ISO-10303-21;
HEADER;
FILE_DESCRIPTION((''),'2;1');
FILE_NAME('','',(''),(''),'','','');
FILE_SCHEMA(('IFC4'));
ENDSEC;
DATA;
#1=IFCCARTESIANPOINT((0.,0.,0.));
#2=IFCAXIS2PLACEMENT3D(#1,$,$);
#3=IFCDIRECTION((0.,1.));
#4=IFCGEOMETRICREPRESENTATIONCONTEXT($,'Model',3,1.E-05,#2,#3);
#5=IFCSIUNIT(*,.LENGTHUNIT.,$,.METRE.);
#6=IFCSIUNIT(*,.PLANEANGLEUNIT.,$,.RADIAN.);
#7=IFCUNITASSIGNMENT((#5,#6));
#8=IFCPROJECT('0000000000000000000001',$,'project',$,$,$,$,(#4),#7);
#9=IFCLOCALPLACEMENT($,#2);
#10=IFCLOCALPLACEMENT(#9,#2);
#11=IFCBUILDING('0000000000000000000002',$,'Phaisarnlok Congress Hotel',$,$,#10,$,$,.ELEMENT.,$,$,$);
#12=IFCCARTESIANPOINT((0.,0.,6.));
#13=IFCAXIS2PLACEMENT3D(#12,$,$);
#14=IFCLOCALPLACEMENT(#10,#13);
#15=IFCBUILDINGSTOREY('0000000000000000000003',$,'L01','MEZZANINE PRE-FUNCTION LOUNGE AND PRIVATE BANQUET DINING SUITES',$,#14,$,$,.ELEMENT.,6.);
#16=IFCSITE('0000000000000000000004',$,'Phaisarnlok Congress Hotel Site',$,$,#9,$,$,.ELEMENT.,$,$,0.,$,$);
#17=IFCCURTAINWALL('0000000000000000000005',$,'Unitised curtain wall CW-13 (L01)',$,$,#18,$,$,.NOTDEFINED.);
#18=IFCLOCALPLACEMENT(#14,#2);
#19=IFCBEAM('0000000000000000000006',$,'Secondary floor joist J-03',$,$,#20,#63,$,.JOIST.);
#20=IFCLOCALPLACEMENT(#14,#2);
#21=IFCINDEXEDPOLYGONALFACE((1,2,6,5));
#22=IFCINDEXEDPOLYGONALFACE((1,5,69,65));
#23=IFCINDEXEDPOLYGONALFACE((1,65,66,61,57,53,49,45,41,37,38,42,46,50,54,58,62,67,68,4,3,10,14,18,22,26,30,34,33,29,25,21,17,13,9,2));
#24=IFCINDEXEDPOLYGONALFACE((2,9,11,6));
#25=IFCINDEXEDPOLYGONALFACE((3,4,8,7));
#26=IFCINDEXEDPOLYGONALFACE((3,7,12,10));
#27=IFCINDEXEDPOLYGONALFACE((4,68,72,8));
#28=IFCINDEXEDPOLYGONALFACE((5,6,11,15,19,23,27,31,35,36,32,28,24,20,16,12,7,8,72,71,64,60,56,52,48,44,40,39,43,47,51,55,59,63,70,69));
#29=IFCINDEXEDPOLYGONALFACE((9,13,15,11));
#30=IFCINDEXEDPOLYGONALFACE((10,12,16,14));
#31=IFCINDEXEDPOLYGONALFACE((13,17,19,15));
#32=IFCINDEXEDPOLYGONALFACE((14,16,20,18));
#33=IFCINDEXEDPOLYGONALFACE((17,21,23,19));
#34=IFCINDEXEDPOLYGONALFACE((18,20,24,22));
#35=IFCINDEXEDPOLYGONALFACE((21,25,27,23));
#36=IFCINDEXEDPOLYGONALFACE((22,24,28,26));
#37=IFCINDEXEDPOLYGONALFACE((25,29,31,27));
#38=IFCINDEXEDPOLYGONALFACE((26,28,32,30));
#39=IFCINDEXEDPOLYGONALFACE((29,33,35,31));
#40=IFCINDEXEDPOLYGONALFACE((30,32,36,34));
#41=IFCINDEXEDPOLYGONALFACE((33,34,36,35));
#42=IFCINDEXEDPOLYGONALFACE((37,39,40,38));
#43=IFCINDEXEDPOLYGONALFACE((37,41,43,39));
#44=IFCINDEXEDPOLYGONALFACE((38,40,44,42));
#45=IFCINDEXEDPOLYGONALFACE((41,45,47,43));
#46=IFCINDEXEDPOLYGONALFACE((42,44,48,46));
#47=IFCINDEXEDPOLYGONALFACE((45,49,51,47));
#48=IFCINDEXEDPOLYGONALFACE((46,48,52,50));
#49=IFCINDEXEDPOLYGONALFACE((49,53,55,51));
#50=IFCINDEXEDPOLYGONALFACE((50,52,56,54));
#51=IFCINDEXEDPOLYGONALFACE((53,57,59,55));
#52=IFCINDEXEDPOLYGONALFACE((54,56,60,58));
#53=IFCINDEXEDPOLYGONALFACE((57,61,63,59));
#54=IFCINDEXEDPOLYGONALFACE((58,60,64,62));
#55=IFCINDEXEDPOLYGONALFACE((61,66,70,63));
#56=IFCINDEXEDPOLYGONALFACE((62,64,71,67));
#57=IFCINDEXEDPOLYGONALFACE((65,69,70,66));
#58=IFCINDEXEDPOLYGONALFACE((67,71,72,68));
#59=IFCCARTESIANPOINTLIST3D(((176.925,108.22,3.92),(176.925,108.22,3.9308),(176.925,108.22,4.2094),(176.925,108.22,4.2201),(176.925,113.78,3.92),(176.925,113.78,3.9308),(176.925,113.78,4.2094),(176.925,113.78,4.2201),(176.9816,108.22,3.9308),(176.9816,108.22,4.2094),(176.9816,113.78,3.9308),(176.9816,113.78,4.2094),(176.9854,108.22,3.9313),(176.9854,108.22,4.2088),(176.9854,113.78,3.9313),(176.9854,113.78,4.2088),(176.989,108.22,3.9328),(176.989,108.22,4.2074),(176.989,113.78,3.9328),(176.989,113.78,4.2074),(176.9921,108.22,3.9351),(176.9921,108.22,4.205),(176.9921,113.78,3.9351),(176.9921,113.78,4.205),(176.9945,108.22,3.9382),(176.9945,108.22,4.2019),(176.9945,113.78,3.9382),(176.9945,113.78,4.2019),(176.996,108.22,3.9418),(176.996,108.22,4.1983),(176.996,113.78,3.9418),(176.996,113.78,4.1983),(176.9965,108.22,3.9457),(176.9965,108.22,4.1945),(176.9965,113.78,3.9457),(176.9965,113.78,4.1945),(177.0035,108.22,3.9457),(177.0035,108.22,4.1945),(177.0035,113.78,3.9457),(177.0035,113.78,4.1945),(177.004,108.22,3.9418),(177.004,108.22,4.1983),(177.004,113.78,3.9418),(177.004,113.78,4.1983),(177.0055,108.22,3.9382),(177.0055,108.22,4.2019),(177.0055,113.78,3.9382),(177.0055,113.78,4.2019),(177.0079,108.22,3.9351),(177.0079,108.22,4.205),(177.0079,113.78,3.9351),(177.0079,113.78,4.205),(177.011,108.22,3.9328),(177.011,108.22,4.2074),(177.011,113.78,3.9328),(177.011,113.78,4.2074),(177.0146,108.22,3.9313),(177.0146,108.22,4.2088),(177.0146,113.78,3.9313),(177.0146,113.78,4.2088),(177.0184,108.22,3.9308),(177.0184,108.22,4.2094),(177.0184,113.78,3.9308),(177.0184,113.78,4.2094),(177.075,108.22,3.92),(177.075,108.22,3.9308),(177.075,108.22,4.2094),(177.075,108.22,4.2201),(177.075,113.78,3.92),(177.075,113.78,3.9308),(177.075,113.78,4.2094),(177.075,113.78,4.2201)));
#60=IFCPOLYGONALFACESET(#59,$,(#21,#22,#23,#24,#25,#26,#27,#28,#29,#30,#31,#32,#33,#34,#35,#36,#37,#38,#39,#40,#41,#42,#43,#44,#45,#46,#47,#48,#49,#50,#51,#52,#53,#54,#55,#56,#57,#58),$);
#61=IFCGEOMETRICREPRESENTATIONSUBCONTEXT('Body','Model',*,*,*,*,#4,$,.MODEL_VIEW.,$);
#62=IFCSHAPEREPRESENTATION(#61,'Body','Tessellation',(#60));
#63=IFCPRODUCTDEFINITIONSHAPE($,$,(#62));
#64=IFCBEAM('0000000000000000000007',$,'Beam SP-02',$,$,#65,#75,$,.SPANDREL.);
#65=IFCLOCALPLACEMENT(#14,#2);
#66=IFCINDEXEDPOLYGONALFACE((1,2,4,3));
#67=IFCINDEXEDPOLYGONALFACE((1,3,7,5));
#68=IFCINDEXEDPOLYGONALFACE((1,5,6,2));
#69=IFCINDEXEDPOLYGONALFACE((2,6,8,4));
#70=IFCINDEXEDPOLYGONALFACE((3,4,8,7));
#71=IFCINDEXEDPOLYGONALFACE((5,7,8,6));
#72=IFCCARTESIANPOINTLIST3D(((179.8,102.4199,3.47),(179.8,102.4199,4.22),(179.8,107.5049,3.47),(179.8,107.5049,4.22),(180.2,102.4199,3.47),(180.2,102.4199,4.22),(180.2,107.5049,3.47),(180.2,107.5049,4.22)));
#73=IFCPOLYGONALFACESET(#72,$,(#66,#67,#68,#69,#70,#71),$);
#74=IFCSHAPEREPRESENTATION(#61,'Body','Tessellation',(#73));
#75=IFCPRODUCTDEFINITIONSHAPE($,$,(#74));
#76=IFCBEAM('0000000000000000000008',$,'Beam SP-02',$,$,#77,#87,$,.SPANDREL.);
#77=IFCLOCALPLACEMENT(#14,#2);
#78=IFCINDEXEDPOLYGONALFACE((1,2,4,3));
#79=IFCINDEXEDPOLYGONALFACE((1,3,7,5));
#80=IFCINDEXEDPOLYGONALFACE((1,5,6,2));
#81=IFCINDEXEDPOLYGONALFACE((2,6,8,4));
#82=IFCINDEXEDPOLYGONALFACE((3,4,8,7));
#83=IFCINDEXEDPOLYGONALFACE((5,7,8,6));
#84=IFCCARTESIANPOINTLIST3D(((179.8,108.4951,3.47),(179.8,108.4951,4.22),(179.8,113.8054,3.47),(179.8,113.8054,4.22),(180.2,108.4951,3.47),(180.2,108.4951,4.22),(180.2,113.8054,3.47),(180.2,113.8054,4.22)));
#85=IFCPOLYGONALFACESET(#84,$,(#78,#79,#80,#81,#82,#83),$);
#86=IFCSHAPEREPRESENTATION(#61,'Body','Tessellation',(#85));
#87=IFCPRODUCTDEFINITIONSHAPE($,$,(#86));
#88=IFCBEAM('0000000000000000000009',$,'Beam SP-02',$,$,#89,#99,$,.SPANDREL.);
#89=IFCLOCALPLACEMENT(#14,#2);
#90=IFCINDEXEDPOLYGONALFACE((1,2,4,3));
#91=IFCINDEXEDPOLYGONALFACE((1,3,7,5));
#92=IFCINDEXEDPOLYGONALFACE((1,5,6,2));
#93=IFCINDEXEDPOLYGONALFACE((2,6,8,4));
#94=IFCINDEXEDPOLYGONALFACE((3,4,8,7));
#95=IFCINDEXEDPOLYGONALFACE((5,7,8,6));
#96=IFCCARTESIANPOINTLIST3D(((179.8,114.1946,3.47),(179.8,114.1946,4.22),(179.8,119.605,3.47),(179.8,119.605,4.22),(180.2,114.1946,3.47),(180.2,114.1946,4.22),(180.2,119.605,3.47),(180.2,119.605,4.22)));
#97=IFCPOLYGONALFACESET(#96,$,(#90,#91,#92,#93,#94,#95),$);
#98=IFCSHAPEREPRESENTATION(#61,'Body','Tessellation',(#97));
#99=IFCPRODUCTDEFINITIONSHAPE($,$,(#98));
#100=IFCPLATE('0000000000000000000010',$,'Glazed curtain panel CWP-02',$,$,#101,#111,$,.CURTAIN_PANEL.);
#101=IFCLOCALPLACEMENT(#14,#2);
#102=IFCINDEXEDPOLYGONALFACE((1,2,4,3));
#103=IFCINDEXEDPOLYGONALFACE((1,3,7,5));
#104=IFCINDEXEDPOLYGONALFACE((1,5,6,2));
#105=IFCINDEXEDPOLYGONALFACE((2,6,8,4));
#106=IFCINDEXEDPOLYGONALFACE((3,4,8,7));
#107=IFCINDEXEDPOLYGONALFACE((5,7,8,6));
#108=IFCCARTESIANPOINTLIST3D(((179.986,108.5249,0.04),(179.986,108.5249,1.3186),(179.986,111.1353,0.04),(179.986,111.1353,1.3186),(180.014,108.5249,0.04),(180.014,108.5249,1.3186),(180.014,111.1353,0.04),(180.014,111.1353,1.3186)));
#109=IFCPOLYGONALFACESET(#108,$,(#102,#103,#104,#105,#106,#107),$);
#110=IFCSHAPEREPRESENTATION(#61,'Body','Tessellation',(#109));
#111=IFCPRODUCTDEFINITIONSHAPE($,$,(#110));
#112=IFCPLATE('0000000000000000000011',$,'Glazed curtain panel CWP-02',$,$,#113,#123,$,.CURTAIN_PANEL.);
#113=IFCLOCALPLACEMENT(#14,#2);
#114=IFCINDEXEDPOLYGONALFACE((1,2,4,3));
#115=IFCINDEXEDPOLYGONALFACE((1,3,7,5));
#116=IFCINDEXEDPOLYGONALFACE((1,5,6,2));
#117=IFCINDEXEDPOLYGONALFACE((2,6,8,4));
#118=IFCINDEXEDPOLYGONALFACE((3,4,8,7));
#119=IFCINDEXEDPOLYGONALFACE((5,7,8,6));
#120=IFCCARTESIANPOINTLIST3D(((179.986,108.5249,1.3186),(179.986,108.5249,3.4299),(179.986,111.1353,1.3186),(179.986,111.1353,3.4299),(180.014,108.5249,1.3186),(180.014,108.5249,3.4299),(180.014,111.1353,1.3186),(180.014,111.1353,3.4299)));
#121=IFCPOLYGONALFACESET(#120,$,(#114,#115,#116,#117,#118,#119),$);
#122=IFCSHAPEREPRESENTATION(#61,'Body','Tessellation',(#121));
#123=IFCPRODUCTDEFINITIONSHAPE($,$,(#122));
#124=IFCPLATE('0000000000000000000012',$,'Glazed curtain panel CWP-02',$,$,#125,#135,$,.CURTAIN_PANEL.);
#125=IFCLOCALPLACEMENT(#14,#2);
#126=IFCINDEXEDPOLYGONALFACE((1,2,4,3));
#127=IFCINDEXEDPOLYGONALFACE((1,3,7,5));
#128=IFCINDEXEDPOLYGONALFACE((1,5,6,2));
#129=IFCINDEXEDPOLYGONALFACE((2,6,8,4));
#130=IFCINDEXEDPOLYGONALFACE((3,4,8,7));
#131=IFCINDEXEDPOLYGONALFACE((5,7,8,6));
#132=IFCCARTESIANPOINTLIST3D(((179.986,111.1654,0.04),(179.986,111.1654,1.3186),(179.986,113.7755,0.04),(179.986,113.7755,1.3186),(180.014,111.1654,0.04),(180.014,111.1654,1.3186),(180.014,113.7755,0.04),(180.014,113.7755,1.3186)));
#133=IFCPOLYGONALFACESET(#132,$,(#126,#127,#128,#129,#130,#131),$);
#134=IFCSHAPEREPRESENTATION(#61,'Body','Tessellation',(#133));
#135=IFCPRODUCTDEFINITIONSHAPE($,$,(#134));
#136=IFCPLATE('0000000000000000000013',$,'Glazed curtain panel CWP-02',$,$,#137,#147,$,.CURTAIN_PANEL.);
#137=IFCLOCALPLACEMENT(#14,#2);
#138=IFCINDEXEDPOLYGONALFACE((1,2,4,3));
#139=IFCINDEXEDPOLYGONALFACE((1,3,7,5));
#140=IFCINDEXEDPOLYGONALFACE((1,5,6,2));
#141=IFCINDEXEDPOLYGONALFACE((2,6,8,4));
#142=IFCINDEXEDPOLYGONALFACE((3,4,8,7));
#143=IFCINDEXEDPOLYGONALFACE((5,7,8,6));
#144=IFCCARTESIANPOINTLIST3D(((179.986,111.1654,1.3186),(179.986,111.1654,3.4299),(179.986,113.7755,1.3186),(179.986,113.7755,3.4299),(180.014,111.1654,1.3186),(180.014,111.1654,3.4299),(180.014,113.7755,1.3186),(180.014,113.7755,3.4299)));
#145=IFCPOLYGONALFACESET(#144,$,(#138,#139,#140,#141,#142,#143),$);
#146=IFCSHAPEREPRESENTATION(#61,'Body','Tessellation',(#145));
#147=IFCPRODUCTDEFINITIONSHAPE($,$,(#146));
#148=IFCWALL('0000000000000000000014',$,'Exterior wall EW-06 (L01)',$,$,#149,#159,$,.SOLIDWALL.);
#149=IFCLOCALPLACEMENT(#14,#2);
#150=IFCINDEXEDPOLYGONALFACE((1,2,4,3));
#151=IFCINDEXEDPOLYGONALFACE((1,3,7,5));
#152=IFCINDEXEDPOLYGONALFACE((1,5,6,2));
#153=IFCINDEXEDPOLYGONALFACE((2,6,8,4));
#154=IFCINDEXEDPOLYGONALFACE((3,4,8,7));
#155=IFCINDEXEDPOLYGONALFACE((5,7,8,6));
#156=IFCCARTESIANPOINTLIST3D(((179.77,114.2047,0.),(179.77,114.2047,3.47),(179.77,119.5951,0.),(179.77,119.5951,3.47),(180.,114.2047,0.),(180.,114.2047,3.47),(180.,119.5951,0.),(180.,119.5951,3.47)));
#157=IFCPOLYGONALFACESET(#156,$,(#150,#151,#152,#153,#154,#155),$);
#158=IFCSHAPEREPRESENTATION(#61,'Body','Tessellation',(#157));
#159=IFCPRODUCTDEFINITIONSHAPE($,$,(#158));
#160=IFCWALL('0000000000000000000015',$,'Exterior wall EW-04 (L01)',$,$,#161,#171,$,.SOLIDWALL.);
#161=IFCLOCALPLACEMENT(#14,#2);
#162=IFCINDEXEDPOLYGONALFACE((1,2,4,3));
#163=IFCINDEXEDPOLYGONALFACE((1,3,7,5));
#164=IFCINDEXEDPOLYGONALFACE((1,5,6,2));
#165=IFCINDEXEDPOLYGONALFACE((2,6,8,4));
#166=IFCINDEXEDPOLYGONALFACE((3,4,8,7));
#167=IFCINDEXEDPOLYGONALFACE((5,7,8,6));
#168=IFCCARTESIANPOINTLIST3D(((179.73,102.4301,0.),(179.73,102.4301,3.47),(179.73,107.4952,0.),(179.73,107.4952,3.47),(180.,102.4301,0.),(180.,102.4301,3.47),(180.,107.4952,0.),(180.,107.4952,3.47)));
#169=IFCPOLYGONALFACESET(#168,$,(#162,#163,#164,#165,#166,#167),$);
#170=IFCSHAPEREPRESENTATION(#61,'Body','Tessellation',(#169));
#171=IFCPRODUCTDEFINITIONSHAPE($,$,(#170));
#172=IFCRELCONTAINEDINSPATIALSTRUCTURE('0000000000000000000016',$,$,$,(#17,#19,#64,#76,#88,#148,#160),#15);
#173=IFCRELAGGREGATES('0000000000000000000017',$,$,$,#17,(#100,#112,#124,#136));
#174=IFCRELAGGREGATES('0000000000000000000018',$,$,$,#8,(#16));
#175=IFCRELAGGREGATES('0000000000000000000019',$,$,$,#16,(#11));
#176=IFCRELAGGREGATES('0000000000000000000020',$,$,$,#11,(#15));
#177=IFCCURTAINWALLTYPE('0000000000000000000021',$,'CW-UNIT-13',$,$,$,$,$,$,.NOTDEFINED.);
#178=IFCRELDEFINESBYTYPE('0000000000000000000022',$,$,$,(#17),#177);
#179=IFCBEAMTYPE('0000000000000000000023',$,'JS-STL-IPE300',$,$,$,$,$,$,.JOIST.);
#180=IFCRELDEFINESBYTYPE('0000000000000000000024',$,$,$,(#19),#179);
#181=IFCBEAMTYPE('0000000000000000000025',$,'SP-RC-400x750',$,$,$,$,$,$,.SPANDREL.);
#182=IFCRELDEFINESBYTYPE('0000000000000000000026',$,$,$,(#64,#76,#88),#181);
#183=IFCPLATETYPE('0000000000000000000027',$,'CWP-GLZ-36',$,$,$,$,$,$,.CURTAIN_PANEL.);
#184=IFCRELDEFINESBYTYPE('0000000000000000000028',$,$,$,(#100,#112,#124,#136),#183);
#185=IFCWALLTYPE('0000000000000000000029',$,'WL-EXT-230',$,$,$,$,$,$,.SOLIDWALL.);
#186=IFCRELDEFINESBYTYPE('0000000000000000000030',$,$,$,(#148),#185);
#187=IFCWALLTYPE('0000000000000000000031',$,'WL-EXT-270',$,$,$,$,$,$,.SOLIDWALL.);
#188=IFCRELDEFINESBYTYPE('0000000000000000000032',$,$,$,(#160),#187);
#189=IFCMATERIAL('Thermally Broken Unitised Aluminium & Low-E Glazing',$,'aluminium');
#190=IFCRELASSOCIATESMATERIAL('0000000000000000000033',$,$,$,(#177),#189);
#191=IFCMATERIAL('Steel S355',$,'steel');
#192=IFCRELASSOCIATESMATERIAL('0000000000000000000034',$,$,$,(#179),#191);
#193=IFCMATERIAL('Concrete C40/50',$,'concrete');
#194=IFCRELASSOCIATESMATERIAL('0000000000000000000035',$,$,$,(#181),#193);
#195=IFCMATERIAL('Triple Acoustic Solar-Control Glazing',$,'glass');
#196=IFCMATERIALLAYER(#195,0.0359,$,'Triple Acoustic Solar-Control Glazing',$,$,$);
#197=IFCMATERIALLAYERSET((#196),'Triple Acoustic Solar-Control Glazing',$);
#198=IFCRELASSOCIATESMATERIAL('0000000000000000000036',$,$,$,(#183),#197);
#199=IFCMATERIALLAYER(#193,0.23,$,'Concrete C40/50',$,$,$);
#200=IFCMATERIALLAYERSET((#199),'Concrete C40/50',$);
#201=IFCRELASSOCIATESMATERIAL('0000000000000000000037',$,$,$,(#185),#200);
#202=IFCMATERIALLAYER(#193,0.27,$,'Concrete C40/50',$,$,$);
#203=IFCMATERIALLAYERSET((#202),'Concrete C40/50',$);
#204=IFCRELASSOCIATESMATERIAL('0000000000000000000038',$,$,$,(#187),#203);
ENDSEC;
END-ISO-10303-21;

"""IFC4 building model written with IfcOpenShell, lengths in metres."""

from ifc_helpers import new_model, si_unit, direction, frame, frame_2d, origin, origin_2d, place, context, subcontext, project, spatial, rectangle, i_section, extrude, material, layer, layer_set, material_profile, profile_set, type_object, element, aggregate, save


model = new_model("IFC4")

# Units and contexts
model_context = context("Model", 3, precision=1e-05, world=origin(), true_north=direction((0.0, 1.0)))
body_context = subcontext(model_context, "Body", "Model", "MODEL_VIEW")
ifc_project = project(units=[si_unit("LENGTHUNIT", "METRE"), si_unit("PLANEANGLEUNIT", "RADIAN")], contexts=[model_context])

# Site, building, storey
site_placement = place(None, origin())
site = spatial("IfcSite", under=ifc_project, at=site_placement, Name="Phaisarnlok Congress Hotel Site", CompositionType="ELEMENT", RefElevation=0.0)
building_placement = place(site_placement, origin())
building = spatial("IfcBuilding", under=site, at=building_placement, Name="Phaisarnlok Congress Hotel", CompositionType="ELEMENT")
storey_placement = place(building_placement, frame((0.0, 0.0, 6.0)))
storey = spatial("IfcBuildingStorey", under=building, at=storey_placement, Name="L01", Description="MEZZANINE PRE-FUNCTION LOUNGE AND PRIVATE BANQUET DINING SUITES", CompositionType="ELEMENT", Elevation=6.0)

# Shared definitions
ifc_material_1 = material(Name="Steel S355", Category="steel")

# Shared definitions
ifc_material_2 = material(Name="Concrete C40/50", Category="concrete")

# Curtain wall
ifc_material_3 = material(Name="Thermally Broken Unitised Aluminium & Low-E Glazing", Category="aluminium")
curtain_wall_type = type_object("IfcCurtainWallType", Name="CW-UNIT-13", PredefinedType="NOTDEFINED", material=ifc_material_3)
curtain_wall_placement = place(storey_placement, origin())
curtain_wall = element("IfcCurtainWall", 1, at=curtain_wall_placement, inside=storey, type_object=curtain_wall_type, Name="Unitised curtain wall CW-13 (L01)", PredefinedType="NOTDEFINED")

# Beams
ifc_material_profile_1 = material_profile(ifc_material_1, i_section(OverallWidth=0.1499, OverallDepth=0.3, WebThickness=0.0071, FlangeThickness=0.0107, FilletRadius=0.0149, at=origin_2d()), Name="IPE 300")
ifc_profile_set_1 = profile_set([ifc_material_profile_1], Name="Steel S355")
beam_type_1 = type_object("IfcBeamType", Name="JS-STL-IPE300", PredefinedType="JOIST", material=ifc_profile_set_1)
beam_1_placement = place(storey_placement, frame((177.0, 108.22, 4.0701), z_axis=(0.0, 1.0, 0.0), x_axis=(-1.0, 0.0, 0.0)))
element("IfcBeam", 2, at=beam_1_placement, inside=storey, type_object=beam_type_1, Name="Secondary floor joist J-03", PredefinedType="JOIST", context=body_context, shape_type="SweptSolid", body=[
    extrude(i_section(OverallWidth=0.1499, OverallDepth=0.3, WebThickness=0.0071, FlangeThickness=0.0107, FilletRadius=0.0149, at=origin_2d()), origin(), (0.0, 0.0, 1.0), 5.5601),
])
ifc_material_profile_2 = material_profile(ifc_material_2, rectangle(XDim=0.3999, YDim=0.75, at=origin_2d()), Name="RC 400x750")
ifc_profile_set_2 = profile_set([ifc_material_profile_2], Name="Concrete C40/50")
beam_type_2 = type_object("IfcBeamType", Name="SP-RC-400x750", PredefinedType="SPANDREL", material=ifc_profile_set_2)
beam_2_placement = place(storey_placement, frame((180.0, 102.4199, 3.845), z_axis=(0.0, 1.0, 0.0), x_axis=(-1.0, 0.0, 0.0)))
element("IfcBeam", 3, at=beam_2_placement, inside=storey, type_object=beam_type_2, Name="Beam SP-02", PredefinedType="SPANDREL", context=body_context, shape_type="SweptSolid", body=[
    extrude(rectangle(XDim=0.3999, YDim=0.75, at=origin_2d()), origin(), (0.0, 0.0, 1.0), 5.085),
])
beam_3_placement = place(storey_placement, frame((180.0, 108.4951, 3.845), z_axis=(0.0, 1.0, 0.0), x_axis=(-1.0, 0.0, 0.0)))
element("IfcBeam", 4, at=beam_3_placement, inside=storey, type_object=beam_type_2, Name="Beam SP-02", PredefinedType="SPANDREL", context=body_context, shape_type="SweptSolid", body=[
    extrude(rectangle(XDim=0.3999, YDim=0.75, at=origin_2d()), origin(), (0.0, 0.0, 1.0), 5.3103),
])
beam_4_placement = place(storey_placement, frame((180.0, 114.1946, 3.845), z_axis=(0.0, 1.0, 0.0), x_axis=(-1.0, 0.0, 0.0)))
element("IfcBeam", 5, at=beam_4_placement, inside=storey, type_object=beam_type_2, Name="Beam SP-02", PredefinedType="SPANDREL", context=body_context, shape_type="SweptSolid", body=[
    extrude(rectangle(XDim=0.3999, YDim=0.75, at=origin_2d()), origin(), (0.0, 0.0, 1.0), 5.4104),
])

# Plates
ifc_material_4 = material(Name="Triple Acoustic Solar-Control Glazing", Category="glass")
ifc_layer_1 = layer(ifc_material_4, 0.0359, Name="Triple Acoustic Solar-Control Glazing")
ifc_layer_set_1 = layer_set([ifc_layer_1], Name="Triple Acoustic Solar-Control Glazing")
plate_type = type_object("IfcPlateType", Name="CWP-GLZ-36", PredefinedType="CURTAIN_PANEL", material=ifc_layer_set_1)
plate_1_placement = place(storey_placement, frame((180.0, 108.5249, 0.04), z_axis=(0.0, 0.0, 1.0), x_axis=(0.0, 1.0, 0.0)))
plate_1 = element("IfcPlate", 6, at=plate_1_placement, type_object=plate_type, Name="Glazed curtain panel CWP-02", PredefinedType="CURTAIN_PANEL", context=body_context, shape_type="SweptSolid", body=[
    extrude(rectangle(XDim=2.6104, YDim=0.0281, at=frame_2d((1.3052, 0.0))), origin(), (0.0, 0.0, 1.0), 1.2786),
])
plate_2_placement = place(storey_placement, frame((180.0, 108.5249, 1.3186), z_axis=(0.0, 0.0, 1.0), x_axis=(0.0, 1.0, 0.0)))
plate_2 = element("IfcPlate", 7, at=plate_2_placement, type_object=plate_type, Name="Glazed curtain panel CWP-02", PredefinedType="CURTAIN_PANEL", context=body_context, shape_type="SweptSolid", body=[
    extrude(rectangle(XDim=2.6104, YDim=0.0281, at=frame_2d((1.3052, 0.0))), origin(), (0.0, 0.0, 1.0), 2.1113),
])
plate_3_placement = place(storey_placement, frame((180.0, 111.1653, 0.04), z_axis=(0.0, 0.0, 1.0), x_axis=(0.0, 1.0, 0.0)))
plate_3 = element("IfcPlate", 8, at=plate_3_placement, type_object=plate_type, Name="Glazed curtain panel CWP-02", PredefinedType="CURTAIN_PANEL", context=body_context, shape_type="SweptSolid", body=[
    extrude(rectangle(XDim=2.6101, YDim=0.0281, at=frame_2d((1.3052, 0.0))), origin(), (0.0, 0.0, 1.0), 1.2786),
])
plate_4_placement = place(storey_placement, frame((180.0, 111.1653, 1.3186), z_axis=(0.0, 0.0, 1.0), x_axis=(0.0, 1.0, 0.0)))
plate_4 = element("IfcPlate", 9, at=plate_4_placement, type_object=plate_type, Name="Glazed curtain panel CWP-02", PredefinedType="CURTAIN_PANEL", context=body_context, shape_type="SweptSolid", body=[
    extrude(rectangle(XDim=2.6101, YDim=0.0281, at=frame_2d((1.3052, 0.0))), origin(), (0.0, 0.0, 1.0), 2.1113),
])
aggregate(curtain_wall, [plate_1, plate_2, plate_3, plate_4])

# Walls
ifc_layer_2 = layer(ifc_material_2, 0.23, Name="Concrete C40/50")
ifc_layer_set_2 = layer_set([ifc_layer_2], Name="Concrete C40/50")
wall_type_1 = type_object("IfcWallType", Name="WL-EXT-230", PredefinedType="SOLIDWALL", material=ifc_layer_set_2)
wall_1_placement = place(storey_placement, frame((179.885, 114.2046, 0.0), z_axis=(0.0, 0.0, 1.0), x_axis=(0.0, 1.0, 0.0)))
element("IfcWall", 10, at=wall_1_placement, inside=storey, type_object=wall_type_1, Name="Exterior wall EW-06 (L01)", PredefinedType="SOLIDWALL", context=body_context, shape_type="SweptSolid", body=[
    extrude(rectangle(XDim=5.3904, YDim=0.23, at=frame_2d((2.6953, 0.0))), origin(), (0.0, 0.0, 1.0), 3.47),
])
ifc_layer_3 = layer(ifc_material_2, 0.27, Name="Concrete C40/50")
ifc_layer_set_3 = layer_set([ifc_layer_3], Name="Concrete C40/50")
wall_type_2 = type_object("IfcWallType", Name="WL-EXT-270", PredefinedType="SOLIDWALL", material=ifc_layer_set_3)
wall_2_placement = place(storey_placement, frame((179.865, 102.4299, 0.0), z_axis=(0.0, 0.0, 1.0), x_axis=(0.0, 1.0, 0.0)))
element("IfcWall", 11, at=wall_2_placement, inside=storey, type_object=wall_type_2, Name="Exterior wall EW-04 (L01)", PredefinedType="SOLIDWALL", context=body_context, shape_type="SweptSolid", body=[
    extrude(rectangle(XDim=5.0652, YDim=0.27, at=frame_2d((2.5327, 0.0))), origin(), (0.0, 0.0, 1.0), 3.47),
])

save(model, "model.ifc")
